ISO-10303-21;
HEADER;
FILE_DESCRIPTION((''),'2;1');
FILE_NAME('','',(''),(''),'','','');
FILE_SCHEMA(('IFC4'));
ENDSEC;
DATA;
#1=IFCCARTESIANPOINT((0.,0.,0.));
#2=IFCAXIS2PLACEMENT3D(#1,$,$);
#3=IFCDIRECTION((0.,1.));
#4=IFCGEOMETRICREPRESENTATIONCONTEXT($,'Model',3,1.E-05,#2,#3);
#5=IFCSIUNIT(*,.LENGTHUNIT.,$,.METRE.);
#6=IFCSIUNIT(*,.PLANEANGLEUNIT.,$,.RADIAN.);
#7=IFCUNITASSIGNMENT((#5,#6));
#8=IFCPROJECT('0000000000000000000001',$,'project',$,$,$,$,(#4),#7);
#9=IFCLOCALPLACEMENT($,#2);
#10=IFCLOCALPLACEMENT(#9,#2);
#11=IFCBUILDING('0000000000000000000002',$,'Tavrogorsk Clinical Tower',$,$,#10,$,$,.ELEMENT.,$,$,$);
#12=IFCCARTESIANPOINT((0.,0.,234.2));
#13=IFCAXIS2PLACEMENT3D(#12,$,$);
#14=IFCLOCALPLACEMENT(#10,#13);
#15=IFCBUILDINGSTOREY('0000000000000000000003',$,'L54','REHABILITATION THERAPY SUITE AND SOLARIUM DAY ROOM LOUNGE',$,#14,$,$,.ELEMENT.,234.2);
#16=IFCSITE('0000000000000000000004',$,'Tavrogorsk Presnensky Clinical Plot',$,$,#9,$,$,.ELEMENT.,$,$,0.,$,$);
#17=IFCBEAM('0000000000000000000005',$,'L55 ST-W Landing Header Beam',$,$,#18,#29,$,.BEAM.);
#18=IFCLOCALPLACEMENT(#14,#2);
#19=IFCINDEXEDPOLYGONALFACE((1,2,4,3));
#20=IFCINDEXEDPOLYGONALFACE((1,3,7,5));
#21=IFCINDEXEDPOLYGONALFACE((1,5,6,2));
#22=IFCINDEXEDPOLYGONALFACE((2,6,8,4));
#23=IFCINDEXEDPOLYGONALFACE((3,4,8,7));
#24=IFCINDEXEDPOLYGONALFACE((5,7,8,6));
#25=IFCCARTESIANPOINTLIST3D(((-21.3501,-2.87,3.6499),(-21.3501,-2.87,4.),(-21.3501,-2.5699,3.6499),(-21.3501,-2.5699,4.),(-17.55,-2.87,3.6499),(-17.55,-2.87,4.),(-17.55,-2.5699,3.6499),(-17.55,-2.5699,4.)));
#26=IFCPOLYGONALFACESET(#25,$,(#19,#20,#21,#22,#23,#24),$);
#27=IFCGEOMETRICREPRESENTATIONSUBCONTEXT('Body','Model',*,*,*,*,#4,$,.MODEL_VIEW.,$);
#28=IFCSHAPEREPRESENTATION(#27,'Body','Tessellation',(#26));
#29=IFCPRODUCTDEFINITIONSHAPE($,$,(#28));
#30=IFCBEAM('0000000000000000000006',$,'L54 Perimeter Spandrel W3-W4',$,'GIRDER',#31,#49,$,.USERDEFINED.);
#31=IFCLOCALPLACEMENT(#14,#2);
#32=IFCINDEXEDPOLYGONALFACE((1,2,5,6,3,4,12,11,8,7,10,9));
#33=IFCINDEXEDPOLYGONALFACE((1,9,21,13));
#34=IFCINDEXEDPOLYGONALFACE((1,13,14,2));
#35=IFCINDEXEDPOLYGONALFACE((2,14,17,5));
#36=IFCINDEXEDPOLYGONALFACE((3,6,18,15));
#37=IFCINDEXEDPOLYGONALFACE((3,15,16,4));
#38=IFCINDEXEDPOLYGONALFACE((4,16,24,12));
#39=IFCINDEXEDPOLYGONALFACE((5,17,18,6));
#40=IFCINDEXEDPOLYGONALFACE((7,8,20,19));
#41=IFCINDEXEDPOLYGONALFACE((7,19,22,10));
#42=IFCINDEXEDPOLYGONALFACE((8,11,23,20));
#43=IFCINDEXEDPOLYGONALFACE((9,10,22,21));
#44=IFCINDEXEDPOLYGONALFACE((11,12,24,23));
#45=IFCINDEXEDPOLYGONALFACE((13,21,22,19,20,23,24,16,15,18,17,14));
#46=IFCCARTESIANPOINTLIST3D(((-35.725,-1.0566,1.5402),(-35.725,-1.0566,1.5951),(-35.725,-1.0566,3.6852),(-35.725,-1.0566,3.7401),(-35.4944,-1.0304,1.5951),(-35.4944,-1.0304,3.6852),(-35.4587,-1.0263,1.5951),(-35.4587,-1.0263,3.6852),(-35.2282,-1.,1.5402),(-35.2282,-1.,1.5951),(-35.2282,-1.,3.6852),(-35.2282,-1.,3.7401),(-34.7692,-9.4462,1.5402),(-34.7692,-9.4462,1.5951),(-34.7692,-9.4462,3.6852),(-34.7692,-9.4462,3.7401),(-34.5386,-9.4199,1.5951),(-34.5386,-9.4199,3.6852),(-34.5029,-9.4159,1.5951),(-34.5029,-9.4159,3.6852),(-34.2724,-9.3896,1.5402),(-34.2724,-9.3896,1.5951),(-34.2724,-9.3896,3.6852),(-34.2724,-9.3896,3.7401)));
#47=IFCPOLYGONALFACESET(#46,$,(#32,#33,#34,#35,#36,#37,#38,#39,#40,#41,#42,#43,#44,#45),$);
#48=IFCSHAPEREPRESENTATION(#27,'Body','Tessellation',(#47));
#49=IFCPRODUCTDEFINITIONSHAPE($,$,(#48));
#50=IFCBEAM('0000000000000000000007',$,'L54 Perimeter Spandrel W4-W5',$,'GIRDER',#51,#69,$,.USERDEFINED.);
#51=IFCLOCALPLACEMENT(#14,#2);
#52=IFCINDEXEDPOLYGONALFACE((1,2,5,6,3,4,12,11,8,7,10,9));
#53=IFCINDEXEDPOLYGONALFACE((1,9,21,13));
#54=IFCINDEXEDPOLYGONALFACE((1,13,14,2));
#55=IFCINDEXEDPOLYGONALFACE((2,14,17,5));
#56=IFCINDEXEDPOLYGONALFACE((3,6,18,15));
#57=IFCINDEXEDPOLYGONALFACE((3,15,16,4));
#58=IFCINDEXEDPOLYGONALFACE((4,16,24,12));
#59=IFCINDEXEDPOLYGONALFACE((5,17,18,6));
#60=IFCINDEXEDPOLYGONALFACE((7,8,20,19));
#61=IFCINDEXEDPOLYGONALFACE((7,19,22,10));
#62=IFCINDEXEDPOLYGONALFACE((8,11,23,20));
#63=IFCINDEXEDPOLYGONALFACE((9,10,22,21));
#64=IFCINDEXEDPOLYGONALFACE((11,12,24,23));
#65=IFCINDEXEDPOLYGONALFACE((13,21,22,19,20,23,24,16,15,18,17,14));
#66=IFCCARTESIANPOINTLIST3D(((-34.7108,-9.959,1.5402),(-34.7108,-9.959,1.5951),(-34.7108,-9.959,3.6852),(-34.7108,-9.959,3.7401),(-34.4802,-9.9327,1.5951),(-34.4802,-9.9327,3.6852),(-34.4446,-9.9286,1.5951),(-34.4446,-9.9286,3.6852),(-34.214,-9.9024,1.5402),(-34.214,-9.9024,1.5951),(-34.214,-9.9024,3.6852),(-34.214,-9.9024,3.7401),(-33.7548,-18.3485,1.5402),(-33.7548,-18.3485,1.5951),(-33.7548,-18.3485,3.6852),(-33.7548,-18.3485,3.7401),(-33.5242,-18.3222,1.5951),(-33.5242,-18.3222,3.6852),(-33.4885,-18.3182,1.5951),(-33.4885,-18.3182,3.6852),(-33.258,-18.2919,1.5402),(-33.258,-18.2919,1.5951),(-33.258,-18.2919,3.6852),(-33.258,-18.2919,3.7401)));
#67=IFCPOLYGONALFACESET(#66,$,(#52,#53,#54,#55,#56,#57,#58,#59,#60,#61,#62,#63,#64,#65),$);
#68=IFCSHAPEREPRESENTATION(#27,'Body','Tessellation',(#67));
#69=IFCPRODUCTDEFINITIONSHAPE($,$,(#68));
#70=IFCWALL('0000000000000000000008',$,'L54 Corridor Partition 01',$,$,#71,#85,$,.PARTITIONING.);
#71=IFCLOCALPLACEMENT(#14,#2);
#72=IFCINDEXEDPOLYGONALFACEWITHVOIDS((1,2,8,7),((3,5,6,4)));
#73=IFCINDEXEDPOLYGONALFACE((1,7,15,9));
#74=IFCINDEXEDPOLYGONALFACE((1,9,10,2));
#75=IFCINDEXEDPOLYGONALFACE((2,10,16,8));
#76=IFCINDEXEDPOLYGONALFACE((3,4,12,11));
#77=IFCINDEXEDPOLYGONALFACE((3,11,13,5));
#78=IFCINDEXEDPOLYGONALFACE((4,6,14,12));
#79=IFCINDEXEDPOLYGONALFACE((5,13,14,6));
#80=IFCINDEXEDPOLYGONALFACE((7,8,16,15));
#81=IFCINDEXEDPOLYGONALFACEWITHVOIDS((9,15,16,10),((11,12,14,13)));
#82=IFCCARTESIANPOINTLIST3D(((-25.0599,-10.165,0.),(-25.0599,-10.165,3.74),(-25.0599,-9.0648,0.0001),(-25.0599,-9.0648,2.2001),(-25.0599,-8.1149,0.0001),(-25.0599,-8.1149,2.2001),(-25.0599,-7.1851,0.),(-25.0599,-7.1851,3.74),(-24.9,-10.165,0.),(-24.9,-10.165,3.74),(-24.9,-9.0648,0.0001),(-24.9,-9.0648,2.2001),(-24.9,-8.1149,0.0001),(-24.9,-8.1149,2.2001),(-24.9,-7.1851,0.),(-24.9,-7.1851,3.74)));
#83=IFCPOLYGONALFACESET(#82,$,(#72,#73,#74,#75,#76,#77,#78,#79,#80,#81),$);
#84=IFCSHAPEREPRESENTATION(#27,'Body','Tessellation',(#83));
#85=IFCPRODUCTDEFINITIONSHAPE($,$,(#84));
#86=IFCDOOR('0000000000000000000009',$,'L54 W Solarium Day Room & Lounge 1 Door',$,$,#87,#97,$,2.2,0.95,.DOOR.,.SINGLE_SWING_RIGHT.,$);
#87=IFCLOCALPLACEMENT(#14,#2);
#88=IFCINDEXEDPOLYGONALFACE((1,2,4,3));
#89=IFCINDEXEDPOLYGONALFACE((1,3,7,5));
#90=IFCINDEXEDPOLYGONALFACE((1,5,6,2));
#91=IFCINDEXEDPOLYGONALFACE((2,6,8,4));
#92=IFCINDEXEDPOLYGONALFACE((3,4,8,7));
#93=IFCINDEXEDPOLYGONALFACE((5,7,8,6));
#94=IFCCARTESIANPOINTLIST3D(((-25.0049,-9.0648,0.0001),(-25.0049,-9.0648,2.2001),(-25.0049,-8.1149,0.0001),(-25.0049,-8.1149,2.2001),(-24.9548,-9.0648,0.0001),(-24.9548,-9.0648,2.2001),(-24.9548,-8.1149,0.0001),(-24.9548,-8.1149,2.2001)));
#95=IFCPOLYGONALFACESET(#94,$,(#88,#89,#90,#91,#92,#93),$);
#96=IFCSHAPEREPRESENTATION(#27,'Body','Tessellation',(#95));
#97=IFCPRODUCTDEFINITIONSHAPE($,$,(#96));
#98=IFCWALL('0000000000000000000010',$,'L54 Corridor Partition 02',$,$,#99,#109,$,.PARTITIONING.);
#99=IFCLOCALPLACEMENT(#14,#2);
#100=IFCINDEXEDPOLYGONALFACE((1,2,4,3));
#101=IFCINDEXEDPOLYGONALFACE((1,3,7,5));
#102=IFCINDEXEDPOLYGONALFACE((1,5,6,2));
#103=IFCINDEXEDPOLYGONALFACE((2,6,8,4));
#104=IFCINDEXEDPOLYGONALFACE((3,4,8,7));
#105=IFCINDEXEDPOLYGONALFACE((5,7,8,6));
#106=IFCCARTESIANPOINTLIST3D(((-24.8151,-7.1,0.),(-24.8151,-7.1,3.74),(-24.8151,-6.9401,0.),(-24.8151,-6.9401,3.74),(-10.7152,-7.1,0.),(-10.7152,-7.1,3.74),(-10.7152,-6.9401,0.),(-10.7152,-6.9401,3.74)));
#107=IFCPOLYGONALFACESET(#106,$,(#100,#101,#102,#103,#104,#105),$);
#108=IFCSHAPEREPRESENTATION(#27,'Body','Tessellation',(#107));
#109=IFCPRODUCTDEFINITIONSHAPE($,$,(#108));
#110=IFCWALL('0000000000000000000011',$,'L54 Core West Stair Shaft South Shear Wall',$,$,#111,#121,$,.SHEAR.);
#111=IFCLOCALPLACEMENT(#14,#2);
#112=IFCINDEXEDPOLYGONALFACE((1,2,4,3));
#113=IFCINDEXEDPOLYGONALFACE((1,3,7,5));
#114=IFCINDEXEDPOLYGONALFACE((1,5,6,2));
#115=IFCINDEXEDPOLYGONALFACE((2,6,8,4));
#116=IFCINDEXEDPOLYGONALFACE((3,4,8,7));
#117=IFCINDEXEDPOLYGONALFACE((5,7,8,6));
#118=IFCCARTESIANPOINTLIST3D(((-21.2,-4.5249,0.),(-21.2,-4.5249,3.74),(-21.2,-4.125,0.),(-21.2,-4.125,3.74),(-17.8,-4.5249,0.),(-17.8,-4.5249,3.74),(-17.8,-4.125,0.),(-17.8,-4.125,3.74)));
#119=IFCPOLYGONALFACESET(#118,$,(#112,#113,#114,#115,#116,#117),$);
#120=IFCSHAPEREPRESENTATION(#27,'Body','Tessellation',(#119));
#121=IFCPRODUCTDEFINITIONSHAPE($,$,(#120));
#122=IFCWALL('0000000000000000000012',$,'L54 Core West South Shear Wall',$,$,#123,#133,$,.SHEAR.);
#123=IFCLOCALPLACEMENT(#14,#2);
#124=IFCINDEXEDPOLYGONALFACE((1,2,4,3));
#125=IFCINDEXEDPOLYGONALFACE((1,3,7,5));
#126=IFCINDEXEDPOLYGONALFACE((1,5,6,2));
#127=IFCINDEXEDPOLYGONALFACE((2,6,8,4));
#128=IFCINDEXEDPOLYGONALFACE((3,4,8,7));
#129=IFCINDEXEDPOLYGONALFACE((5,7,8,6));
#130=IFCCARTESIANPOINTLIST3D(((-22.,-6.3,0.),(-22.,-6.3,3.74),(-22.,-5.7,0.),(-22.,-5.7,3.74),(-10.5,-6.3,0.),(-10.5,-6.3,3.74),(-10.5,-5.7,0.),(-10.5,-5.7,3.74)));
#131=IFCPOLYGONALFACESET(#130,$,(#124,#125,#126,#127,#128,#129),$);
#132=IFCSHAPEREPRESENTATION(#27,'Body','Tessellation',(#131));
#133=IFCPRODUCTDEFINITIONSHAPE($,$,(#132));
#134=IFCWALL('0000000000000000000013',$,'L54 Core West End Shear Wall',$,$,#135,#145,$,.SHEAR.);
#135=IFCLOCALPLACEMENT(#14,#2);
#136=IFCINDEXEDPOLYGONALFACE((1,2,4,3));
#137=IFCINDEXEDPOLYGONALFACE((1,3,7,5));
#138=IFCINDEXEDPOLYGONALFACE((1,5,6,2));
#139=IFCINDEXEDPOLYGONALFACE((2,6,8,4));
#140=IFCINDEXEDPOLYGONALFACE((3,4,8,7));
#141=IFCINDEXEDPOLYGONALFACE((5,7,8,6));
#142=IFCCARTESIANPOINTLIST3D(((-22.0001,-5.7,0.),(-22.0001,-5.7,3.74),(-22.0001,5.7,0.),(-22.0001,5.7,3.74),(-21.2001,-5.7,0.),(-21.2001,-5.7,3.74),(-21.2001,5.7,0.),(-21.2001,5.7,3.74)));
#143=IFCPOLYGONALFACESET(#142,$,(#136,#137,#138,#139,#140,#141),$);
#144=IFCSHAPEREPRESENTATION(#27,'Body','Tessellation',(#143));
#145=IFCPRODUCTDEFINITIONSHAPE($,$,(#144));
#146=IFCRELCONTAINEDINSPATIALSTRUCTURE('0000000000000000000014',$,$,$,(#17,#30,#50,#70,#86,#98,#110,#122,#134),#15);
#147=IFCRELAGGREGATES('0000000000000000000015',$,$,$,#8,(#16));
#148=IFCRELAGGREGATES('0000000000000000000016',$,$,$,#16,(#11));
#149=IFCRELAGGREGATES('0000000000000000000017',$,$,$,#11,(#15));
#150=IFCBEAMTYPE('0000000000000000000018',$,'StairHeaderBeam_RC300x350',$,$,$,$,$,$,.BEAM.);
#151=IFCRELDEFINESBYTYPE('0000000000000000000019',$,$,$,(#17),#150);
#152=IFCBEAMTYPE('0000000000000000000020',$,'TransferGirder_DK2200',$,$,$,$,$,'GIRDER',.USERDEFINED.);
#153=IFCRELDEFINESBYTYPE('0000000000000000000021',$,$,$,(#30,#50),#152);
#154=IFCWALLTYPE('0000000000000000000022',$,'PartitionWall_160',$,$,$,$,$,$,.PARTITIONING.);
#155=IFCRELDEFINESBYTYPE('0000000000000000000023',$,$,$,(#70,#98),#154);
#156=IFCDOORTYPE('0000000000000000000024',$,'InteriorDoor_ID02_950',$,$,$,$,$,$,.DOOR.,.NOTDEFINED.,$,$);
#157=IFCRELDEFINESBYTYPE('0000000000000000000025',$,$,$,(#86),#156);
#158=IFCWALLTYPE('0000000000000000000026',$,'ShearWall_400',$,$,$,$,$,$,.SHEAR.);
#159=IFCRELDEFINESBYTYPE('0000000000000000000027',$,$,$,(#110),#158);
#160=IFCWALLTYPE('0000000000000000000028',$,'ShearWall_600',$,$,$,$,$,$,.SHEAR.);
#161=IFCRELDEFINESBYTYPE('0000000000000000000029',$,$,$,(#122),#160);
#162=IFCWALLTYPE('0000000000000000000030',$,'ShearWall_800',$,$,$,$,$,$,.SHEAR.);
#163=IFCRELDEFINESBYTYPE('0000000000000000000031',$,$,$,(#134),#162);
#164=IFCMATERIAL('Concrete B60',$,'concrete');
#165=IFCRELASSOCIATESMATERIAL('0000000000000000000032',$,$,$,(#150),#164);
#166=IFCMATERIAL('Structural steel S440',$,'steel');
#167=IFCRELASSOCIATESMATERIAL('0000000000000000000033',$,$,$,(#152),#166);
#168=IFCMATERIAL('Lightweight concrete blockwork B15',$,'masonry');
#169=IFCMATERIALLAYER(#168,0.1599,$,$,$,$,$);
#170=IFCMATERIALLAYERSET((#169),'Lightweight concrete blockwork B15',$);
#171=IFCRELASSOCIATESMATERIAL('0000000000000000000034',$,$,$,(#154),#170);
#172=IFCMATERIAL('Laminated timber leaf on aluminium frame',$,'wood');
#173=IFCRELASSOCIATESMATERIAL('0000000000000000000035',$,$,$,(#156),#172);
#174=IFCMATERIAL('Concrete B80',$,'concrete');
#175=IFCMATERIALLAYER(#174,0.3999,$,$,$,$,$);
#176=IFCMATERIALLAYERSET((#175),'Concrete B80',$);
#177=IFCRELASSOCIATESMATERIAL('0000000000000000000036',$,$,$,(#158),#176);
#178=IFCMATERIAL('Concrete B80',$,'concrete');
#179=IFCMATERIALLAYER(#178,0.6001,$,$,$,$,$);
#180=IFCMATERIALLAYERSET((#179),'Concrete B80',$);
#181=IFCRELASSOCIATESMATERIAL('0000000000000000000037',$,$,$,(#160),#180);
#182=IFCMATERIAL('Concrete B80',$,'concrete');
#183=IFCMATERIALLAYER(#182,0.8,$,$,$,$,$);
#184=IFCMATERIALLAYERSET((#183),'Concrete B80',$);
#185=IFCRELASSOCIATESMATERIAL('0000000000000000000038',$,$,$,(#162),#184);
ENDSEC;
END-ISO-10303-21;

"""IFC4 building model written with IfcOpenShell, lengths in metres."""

from ifc_helpers import new_model, si_unit, direction, frame, frame_2d, origin, origin_2d, place, context, subcontext, project, spatial, rectangle, i_section, extrude, material, layer, layer_set, material_profile, profile_set, type_object, element, fill, save


model = new_model("IFC4")

# Units and contexts
model_context = context("Model", 3, precision=1e-05, world=origin(), true_north=direction((0.0, 1.0)))
body_context = subcontext(model_context, "Body", "Model", "MODEL_VIEW")
ifc_project = project(units=[si_unit("LENGTHUNIT", "METRE"), si_unit("PLANEANGLEUNIT", "RADIAN")], contexts=[model_context])

# Site, building, storey
site_placement = place(None, origin())
site = spatial("IfcSite", under=ifc_project, at=site_placement, Name="Tavrogorsk Presnensky Clinical Plot", CompositionType="ELEMENT", RefElevation=0.0)
building_placement = place(site_placement, origin())
building = spatial("IfcBuilding", under=site, at=building_placement, Name="Tavrogorsk Clinical Tower", CompositionType="ELEMENT")
storey_placement = place(building_placement, frame((0.0, 0.0, 234.2)))
storey = spatial("IfcBuildingStorey", under=building, at=storey_placement, Name="L54", Description="REHABILITATION THERAPY SUITE AND SOLARIUM DAY ROOM LOUNGE", CompositionType="ELEMENT", Elevation=234.2)

# Beams
ifc_material_1 = material(Name="Concrete B60", Category="concrete")
ifc_material_profile_1 = material_profile(ifc_material_1, rectangle(XDim=0.3, YDim=0.3501, at=origin_2d()), Name="RC-SHB-300x350")
ifc_profile_set_1 = profile_set([ifc_material_profile_1], Name="Concrete B60")
beam_type_1 = type_object("IfcBeamType", Name="StairHeaderBeam_RC300x350", PredefinedType="BEAM", material=ifc_profile_set_1)
beam_1_placement = place(storey_placement, frame((-21.3501, -2.72, 3.825), z_axis=(1.0, 0.0, 0.0), x_axis=(0.0, 1.0, 0.0)))
element("IfcBeam", 1, at=beam_1_placement, inside=storey, type_object=beam_type_1, Name="L55 ST-W Landing Header Beam", PredefinedType="BEAM", context=body_context, shape_type="SweptSolid", body=[
    extrude(rectangle(XDim=0.3, YDim=0.3501, at=origin_2d()), origin(), (0.0, 0.0, 1.0), 3.8),
])
ifc_material_2 = material(Name="Structural steel S440", Category="steel")
ifc_material_profile_2 = material_profile(ifc_material_2, i_section(OverallWidth=0.5, OverallDepth=2.2, WebThickness=0.0359, FlangeThickness=0.0549, at=origin_2d()), Name="DK-2200x500x36x55")
ifc_profile_set_2 = profile_set([ifc_material_profile_2], Name="Structural steel S440")
beam_type_2 = type_object("IfcBeamType", Name="TransferGirder_DK2200", ElementType="GIRDER", PredefinedType="USERDEFINED", material=ifc_profile_set_2)
for number, where, z_axis, x_axis, name in (
    (2, (-35.4766, -1.0283, 2.6401), (0.113195, -0.993573, 0.0), (0.993573, 0.113195, 0.0), "L54 Perimeter Spandrel W3-W4"),
    (3, (-34.4624, -9.9307, 2.6401), (0.113224, -0.99357, 0.0), (0.99357, 0.113224, 0.0), "L54 Perimeter Spandrel W4-W5"),
):
    element("IfcBeam", number, at=place(storey_placement, frame(where, z_axis=z_axis, x_axis=x_axis)), inside=storey, type_object=beam_type_2, Name=name, ObjectType="GIRDER", PredefinedType="USERDEFINED", context=body_context, shape_type="SweptSolid", body=[
        extrude(i_section(OverallWidth=0.5, OverallDepth=2.2, WebThickness=0.0359, FlangeThickness=0.0549, at=origin_2d()), origin(), (0.0, 0.0, 1.0), 8.4438),
    ])

# Wall, opening, door
ifc_material_3 = material(Name="Lightweight concrete blockwork B15", Category="masonry")
ifc_layer_1 = layer(ifc_material_3, 0.1599)
ifc_layer_set_1 = layer_set([ifc_layer_1], Name="Lightweight concrete blockwork B15")
wall_type_1 = type_object("IfcWallType", Name="PartitionWall_160", PredefinedType="PARTITIONING", material=ifc_layer_set_1)
wall_1_placement = place(storey_placement, frame((-24.98, -10.165, 0.0), z_axis=(0.0, 0.0, 1.0), x_axis=(0.0, 1.0, 0.0)))
wall_1 = element("IfcWall", 4, at=wall_1_placement, inside=storey, type_object=wall_type_1, Name="L54 Corridor Partition 01", PredefinedType="PARTITIONING", context=body_context, shape_type="SweptSolid", body=[
    extrude(rectangle(XDim=2.98, YDim=0.1599, at=frame_2d((1.49, 0.0))), origin(), (0.0, 0.0, 1.0), 3.74),
])
opening_placement = place(wall_1_placement, frame((1.1001, 0.0, 0.0)))
opening = element("IfcOpeningElement", 5, at=opening_placement, cuts=wall_1, PredefinedType="OPENING", context=body_context, shape_type="SweptSolid", body=[
    extrude(rectangle(XDim=0.95, YDim=2.2, at=frame_2d((0.4751, 1.1001))), frame((0.0, 0.0898, 0.0), z_axis=(0.0, -1.0, 0.0), x_axis=(1.0, 0.0, 0.0)), (0.0, 0.0, 1.0), 0.1799),
])
ifc_material_4 = material(Name="Laminated timber leaf on aluminium frame", Category="wood")
door_type = type_object("IfcDoorType", Name="InteriorDoor_ID02_950", OperationType="NOTDEFINED", PredefinedType="DOOR", material=ifc_material_4)
door_placement = place(opening_placement, origin())
door = element("IfcDoor", 6, at=door_placement, inside=storey, type_object=door_type, Name="L54 W Solarium Day Room & Lounge 1 Door", OperationType="SINGLE_SWING_RIGHT", OverallHeight=2.2, OverallWidth=0.95, PredefinedType="DOOR", context=body_context, shape_type="SweptSolid", body=[
    extrude(rectangle(XDim=0.95, YDim=2.2, at=frame_2d((0.4751, 1.1001))), frame((0.0, 0.0249, 0.0), z_axis=(0.0, -1.0, 0.0), x_axis=(1.0, 0.0, 0.0)), (0.0, 0.0, 1.0), 0.05),
])
fill(opening, door)

# Walls
wall_2_placement = place(storey_placement, frame((-24.8149, -7.02, 0.0), z_axis=(0.0, 0.0, 1.0), x_axis=(1.0, 0.0, 0.0)))
element("IfcWall", 7, at=wall_2_placement, inside=storey, type_object=wall_type_1, Name="L54 Corridor Partition 02", PredefinedType="PARTITIONING", context=body_context, shape_type="SweptSolid", body=[
    extrude(rectangle(XDim=14.0999, YDim=0.1599, at=frame_2d((7.0498, 0.0))), origin(), (0.0, 0.0, 1.0), 3.74),
])
ifc_material_5 = material(Name="Concrete B80", Category="concrete")
ifc_layer_2 = layer(ifc_material_5, 0.3999)
ifc_layer_set_2 = layer_set([ifc_layer_2], Name="Concrete B80")
wall_type_2 = type_object("IfcWallType", Name="ShearWall_400", PredefinedType="SHEAR", material=ifc_layer_set_2)
wall_3_placement = place(storey_placement, frame((-21.2, -4.325, 0.0), z_axis=(0.0, 0.0, 1.0), x_axis=(1.0, 0.0, 0.0)))
element("IfcWall", 8, at=wall_3_placement, inside=storey, type_object=wall_type_2, Name="L54 Core West Stair Shaft South Shear Wall", PredefinedType="SHEAR", context=body_context, shape_type="SweptSolid", body=[
    extrude(rectangle(XDim=3.3999, YDim=0.3999, at=frame_2d((1.7, 0.0))), origin(), (0.0, 0.0, 1.0), 3.74),
])
ifc_material_6 = material(Name="Concrete B80", Category="concrete")
ifc_layer_3 = layer(ifc_material_6, 0.6001)
ifc_layer_set_3 = layer_set([ifc_layer_3], Name="Concrete B80")
wall_type_3 = type_object("IfcWallType", Name="ShearWall_600", PredefinedType="SHEAR", material=ifc_layer_set_3)
wall_4_placement = place(storey_placement, frame((-22.0, -6.0, 0.0), z_axis=(0.0, 0.0, 1.0), x_axis=(1.0, 0.0, 0.0)))
element("IfcWall", 9, at=wall_4_placement, inside=storey, type_object=wall_type_3, Name="L54 Core West South Shear Wall", PredefinedType="SHEAR", context=body_context, shape_type="SweptSolid", body=[
    extrude(rectangle(XDim=11.5, YDim=0.6001, at=frame_2d((5.75, 0.0))), origin(), (0.0, 0.0, 1.0), 3.74),
])
ifc_material_7 = material(Name="Concrete B80", Category="concrete")
ifc_layer_4 = layer(ifc_material_7, 0.8)
ifc_layer_set_4 = layer_set([ifc_layer_4], Name="Concrete B80")
wall_type_4 = type_object("IfcWallType", Name="ShearWall_800", PredefinedType="SHEAR", material=ifc_layer_set_4)
wall_5_placement = place(storey_placement, frame((-21.6001, -5.7, 0.0), z_axis=(0.0, 0.0, 1.0), x_axis=(0.0, 1.0, 0.0)))
element("IfcWall", 10, at=wall_5_placement, inside=storey, type_object=wall_type_4, Name="L54 Core West End Shear Wall", PredefinedType="SHEAR", context=body_context, shape_type="SweptSolid", body=[
    extrude(rectangle(XDim=11.3999, YDim=0.8, at=frame_2d((5.7, 0.0))), origin(), (0.0, 0.0, 1.0), 3.74),
])

save(model, "model.ifc")
